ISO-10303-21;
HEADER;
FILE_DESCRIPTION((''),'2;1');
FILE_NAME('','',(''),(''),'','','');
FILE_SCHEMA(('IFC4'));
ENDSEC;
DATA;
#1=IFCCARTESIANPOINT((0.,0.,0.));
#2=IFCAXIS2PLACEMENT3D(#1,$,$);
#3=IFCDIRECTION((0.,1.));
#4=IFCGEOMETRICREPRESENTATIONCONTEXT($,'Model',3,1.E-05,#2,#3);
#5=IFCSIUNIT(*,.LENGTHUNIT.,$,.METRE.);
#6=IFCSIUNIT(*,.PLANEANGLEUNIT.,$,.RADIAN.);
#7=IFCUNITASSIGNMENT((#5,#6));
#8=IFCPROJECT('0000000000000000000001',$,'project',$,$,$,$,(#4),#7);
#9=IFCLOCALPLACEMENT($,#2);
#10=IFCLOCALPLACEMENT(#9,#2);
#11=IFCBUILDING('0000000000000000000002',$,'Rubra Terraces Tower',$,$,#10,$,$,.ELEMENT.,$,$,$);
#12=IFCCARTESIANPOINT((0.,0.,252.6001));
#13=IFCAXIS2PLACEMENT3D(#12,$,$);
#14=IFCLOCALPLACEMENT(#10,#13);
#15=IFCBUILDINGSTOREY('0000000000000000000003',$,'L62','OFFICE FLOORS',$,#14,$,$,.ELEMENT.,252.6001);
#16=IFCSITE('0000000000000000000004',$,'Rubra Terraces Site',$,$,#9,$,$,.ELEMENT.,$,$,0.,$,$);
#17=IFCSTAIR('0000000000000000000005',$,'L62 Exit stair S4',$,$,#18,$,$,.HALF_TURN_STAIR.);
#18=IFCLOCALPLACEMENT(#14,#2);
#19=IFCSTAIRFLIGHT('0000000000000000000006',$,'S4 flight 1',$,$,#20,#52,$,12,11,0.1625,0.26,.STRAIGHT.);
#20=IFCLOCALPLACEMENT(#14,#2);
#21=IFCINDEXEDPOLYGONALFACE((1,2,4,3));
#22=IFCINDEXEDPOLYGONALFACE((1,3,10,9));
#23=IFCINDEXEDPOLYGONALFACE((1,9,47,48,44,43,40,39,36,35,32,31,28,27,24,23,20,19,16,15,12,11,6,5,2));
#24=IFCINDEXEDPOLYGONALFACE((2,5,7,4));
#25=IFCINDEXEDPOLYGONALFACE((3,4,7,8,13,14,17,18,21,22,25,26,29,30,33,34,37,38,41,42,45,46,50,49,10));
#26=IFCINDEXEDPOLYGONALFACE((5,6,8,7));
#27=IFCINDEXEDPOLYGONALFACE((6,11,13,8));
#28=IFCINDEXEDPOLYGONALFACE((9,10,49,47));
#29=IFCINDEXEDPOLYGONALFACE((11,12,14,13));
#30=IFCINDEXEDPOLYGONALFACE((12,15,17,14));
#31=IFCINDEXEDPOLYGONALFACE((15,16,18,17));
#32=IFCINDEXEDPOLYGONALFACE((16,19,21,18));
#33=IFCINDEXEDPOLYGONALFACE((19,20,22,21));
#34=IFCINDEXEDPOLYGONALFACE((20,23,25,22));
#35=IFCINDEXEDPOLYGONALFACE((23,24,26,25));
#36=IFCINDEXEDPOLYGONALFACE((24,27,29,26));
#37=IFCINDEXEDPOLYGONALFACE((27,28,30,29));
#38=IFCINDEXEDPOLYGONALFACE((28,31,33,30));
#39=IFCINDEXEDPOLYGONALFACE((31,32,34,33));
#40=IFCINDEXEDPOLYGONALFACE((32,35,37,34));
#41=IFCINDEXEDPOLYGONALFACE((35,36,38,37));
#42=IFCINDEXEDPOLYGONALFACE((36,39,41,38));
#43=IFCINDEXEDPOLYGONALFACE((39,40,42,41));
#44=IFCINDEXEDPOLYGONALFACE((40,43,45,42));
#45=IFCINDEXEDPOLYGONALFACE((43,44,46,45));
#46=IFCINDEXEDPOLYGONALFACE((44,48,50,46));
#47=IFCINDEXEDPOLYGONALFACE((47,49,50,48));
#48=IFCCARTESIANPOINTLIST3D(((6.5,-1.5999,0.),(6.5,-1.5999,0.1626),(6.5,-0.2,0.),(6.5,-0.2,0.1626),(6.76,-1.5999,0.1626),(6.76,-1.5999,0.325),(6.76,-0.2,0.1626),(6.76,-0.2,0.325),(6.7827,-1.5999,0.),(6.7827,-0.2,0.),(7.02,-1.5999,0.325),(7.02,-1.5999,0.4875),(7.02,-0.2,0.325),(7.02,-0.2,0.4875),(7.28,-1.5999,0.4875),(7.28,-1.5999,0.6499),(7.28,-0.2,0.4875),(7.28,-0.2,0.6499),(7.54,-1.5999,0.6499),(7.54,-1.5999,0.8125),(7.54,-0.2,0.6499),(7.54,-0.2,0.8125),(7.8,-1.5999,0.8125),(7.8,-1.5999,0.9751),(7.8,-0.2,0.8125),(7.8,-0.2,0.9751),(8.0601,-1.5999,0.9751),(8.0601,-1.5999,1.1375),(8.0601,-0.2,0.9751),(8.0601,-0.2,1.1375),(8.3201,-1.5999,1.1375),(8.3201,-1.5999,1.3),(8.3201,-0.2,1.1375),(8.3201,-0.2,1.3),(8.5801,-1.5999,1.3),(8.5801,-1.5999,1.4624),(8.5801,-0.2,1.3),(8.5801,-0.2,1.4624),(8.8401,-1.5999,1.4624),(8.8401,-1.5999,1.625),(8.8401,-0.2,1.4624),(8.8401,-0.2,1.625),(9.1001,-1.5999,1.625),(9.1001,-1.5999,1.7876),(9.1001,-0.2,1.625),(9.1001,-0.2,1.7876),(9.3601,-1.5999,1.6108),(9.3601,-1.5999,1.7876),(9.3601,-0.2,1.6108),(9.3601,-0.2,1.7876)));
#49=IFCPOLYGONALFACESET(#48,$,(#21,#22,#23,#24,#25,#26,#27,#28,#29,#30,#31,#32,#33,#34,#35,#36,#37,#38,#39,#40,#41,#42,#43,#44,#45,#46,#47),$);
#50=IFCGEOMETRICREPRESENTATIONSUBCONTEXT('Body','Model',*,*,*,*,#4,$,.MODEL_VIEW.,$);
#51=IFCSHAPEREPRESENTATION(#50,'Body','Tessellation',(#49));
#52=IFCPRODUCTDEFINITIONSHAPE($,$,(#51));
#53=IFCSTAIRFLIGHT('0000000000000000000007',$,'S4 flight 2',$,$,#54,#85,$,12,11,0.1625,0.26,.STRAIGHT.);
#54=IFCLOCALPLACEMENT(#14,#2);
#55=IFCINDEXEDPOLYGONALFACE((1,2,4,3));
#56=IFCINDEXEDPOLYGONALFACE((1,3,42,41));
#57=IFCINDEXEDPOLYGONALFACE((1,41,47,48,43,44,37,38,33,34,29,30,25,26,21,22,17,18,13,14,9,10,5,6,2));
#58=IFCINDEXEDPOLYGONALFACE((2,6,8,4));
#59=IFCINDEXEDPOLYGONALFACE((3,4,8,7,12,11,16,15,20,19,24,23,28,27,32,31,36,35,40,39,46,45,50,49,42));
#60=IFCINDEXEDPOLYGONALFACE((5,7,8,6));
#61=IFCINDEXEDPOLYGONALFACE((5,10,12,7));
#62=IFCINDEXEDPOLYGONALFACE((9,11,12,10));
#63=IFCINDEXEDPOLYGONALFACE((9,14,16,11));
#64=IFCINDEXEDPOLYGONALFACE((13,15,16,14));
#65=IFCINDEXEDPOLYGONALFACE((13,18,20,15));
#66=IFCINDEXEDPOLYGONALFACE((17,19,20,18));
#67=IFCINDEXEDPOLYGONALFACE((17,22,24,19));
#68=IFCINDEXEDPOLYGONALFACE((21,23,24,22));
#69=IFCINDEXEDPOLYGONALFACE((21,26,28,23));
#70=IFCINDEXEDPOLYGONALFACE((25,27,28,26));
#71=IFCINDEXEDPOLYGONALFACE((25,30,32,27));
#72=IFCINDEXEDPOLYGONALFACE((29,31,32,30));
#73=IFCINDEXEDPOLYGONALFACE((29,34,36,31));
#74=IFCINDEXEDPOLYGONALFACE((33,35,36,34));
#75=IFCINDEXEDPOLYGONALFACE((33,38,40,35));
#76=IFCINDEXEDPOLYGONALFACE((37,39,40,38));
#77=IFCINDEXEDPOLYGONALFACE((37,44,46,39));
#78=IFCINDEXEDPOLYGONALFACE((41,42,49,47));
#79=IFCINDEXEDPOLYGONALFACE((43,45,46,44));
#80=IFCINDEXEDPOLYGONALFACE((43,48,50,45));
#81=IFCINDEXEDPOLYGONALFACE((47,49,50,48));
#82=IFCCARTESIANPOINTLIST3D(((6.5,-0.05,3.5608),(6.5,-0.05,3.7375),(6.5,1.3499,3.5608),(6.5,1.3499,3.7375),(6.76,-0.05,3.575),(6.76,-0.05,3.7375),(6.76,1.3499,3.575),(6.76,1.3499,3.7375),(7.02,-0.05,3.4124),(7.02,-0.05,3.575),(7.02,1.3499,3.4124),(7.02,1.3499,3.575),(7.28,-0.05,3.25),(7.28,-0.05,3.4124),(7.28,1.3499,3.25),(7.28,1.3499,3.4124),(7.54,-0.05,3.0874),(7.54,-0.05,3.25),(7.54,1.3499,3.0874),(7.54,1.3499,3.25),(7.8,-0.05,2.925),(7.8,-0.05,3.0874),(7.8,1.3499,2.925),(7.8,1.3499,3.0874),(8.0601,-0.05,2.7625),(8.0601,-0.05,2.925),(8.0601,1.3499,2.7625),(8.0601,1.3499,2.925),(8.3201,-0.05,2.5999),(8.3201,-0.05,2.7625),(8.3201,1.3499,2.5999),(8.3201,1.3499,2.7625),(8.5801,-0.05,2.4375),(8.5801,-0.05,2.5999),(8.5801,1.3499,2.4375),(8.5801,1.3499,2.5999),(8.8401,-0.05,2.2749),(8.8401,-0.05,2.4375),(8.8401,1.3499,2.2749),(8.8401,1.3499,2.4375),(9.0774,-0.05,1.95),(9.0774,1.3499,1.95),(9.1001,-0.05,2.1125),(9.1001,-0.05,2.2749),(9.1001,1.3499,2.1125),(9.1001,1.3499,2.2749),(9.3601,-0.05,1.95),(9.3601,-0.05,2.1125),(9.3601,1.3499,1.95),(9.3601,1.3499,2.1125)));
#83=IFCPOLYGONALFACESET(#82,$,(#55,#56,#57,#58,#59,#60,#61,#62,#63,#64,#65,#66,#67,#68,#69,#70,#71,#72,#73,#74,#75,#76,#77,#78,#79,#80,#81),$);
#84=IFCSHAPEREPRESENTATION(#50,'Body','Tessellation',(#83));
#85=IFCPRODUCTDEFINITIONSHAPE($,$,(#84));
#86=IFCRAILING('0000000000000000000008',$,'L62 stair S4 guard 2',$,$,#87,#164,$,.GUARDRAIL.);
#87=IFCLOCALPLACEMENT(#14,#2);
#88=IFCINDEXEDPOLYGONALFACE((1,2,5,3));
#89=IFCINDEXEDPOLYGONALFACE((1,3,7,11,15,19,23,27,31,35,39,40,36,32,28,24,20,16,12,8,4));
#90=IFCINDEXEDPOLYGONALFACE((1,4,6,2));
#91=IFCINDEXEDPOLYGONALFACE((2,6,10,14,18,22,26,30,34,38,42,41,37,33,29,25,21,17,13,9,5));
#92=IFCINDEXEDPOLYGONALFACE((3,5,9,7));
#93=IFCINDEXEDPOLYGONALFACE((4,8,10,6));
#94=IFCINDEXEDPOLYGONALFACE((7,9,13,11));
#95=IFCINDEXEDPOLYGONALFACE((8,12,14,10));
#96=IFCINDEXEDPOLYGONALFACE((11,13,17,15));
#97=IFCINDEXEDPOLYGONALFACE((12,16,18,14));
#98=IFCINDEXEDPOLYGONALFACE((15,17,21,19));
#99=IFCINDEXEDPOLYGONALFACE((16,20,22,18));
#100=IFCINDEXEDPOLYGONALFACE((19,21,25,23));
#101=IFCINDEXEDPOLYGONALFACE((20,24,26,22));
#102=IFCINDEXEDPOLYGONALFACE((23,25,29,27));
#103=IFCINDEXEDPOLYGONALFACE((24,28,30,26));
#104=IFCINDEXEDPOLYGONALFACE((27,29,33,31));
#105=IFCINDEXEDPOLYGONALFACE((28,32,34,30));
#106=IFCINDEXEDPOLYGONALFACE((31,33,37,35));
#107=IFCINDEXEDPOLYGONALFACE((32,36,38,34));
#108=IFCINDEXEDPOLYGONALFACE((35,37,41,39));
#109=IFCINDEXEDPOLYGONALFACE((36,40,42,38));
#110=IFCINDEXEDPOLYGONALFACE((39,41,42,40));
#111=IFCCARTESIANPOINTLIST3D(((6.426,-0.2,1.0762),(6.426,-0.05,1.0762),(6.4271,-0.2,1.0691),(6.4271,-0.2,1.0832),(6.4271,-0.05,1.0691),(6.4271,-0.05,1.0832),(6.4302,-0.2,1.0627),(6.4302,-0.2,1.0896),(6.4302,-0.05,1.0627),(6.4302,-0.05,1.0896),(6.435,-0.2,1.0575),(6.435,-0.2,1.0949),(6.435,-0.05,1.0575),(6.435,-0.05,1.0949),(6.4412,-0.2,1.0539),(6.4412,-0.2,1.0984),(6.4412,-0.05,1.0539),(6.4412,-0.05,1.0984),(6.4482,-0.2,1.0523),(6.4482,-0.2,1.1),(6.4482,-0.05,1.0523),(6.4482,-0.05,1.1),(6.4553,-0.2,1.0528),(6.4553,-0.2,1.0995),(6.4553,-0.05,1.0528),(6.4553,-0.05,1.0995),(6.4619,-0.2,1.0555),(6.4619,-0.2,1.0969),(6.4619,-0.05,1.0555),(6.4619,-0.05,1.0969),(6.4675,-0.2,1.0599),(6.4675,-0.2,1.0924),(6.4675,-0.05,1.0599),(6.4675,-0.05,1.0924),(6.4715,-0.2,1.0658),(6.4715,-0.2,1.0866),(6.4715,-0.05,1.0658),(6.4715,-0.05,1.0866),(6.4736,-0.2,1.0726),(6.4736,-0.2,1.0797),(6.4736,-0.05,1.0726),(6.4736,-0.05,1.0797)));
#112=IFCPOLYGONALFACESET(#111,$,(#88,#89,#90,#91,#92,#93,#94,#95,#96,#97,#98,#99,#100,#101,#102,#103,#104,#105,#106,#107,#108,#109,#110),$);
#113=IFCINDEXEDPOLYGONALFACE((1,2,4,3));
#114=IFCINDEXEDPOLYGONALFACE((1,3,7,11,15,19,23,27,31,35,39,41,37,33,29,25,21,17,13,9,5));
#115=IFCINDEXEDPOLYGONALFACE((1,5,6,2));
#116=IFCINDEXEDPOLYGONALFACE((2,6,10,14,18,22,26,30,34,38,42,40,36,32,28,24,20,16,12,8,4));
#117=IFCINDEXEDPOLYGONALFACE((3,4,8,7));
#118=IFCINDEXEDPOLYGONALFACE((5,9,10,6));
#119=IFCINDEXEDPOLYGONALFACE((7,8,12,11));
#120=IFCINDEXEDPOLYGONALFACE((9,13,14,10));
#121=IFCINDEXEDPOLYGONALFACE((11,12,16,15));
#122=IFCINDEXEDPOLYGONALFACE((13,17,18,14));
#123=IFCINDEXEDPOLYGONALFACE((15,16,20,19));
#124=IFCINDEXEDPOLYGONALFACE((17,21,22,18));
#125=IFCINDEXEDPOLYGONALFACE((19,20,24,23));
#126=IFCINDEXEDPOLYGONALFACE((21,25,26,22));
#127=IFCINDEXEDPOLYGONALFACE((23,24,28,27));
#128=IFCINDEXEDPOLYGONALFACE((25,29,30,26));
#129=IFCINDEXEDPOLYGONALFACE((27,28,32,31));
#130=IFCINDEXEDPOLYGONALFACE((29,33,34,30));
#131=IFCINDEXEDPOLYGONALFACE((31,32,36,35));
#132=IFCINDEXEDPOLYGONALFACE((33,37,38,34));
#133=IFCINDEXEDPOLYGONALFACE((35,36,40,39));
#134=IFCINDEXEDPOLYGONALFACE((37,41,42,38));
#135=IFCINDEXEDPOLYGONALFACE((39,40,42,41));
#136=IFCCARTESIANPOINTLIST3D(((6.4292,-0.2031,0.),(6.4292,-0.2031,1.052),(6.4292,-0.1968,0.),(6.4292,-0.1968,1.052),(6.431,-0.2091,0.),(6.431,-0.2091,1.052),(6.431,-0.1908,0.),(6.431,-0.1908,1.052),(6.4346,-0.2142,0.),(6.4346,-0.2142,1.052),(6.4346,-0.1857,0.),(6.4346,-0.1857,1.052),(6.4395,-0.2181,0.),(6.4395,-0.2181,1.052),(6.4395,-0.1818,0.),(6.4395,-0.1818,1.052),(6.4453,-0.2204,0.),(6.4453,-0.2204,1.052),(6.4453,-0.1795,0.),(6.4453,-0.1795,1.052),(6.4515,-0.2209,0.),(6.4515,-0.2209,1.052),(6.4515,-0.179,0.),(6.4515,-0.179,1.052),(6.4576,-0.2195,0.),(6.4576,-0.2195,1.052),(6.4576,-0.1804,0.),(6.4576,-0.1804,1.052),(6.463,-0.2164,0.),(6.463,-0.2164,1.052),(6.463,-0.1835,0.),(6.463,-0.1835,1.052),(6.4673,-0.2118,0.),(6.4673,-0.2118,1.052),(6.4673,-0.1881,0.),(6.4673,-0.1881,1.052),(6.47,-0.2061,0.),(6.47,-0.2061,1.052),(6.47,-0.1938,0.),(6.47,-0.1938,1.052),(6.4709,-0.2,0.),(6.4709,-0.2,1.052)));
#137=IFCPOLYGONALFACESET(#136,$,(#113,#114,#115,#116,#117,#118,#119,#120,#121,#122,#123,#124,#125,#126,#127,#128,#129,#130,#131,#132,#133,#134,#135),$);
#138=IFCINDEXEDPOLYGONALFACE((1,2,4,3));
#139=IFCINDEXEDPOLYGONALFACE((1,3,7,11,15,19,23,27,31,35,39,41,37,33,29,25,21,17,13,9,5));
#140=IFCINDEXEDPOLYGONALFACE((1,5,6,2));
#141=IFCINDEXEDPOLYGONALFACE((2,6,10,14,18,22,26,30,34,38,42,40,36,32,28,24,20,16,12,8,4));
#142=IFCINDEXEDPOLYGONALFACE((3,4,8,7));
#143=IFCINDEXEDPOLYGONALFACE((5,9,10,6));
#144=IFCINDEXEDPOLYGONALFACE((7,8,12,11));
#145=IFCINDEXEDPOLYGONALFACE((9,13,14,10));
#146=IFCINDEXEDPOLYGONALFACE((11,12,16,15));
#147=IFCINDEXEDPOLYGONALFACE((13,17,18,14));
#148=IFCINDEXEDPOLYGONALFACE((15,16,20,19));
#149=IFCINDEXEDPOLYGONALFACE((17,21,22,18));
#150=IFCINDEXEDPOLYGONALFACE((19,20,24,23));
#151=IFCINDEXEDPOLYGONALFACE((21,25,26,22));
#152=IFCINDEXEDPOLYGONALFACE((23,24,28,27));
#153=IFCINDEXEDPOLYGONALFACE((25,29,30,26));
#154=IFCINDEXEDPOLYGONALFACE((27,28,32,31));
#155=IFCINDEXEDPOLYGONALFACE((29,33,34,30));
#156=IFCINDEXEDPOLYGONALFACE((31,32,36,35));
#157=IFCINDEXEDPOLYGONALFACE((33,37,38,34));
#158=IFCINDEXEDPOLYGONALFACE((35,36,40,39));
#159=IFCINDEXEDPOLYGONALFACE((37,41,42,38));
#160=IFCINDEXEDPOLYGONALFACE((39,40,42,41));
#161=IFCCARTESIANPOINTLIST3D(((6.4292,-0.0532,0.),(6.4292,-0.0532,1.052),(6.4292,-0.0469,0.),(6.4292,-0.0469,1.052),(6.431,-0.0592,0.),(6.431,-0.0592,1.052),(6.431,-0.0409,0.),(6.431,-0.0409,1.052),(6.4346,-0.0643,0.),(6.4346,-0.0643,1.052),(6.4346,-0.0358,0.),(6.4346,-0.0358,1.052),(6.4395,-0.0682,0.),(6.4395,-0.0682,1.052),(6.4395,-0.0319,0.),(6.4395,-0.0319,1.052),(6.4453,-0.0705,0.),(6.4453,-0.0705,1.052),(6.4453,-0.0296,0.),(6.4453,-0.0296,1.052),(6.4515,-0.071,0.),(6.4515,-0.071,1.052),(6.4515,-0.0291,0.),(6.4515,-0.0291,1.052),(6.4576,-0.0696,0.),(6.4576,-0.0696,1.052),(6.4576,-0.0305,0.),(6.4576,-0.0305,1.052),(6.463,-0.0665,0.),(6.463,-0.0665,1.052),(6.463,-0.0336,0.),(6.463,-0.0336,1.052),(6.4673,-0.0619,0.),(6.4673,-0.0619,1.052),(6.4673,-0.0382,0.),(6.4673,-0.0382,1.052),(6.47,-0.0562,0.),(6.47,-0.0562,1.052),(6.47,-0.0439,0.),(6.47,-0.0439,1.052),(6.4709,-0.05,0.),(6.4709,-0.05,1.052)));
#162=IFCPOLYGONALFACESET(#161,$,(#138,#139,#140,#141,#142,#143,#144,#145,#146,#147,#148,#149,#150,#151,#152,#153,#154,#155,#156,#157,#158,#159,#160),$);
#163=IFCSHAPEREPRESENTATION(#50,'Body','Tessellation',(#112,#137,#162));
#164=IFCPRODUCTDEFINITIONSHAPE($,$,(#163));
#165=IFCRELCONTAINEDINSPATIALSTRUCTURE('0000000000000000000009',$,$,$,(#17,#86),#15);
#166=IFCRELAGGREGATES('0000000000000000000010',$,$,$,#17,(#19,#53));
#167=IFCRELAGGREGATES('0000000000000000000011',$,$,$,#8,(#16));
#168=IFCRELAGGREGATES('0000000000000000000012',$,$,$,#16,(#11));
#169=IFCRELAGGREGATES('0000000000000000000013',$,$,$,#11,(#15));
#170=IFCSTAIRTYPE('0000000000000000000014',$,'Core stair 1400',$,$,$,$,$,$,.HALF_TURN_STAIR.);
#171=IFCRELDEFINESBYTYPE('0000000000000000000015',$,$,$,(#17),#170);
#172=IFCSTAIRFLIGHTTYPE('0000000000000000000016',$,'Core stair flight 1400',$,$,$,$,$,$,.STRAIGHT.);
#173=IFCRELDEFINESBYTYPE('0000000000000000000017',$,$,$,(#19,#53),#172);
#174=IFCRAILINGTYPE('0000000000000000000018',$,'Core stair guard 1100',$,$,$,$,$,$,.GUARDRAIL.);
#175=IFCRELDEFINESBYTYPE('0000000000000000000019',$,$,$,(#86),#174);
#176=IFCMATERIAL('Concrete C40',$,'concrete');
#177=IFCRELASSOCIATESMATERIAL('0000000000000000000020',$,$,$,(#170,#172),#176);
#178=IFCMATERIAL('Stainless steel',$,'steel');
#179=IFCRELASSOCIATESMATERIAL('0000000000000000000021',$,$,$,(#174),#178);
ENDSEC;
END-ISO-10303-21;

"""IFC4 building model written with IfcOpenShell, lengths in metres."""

from ifc_helpers import new_model, si_unit, direction, frame, origin, origin_2d, place, context, subcontext, project, spatial, polyline, circle, outline, extrude, material, type_object, element, aggregate, save


model = new_model("IFC4")

# Units and contexts
model_context = context("Model", 3, precision=1e-05, world=origin(), true_north=direction((0.0, 1.0)))
body_context = subcontext(model_context, "Body", "Model", "MODEL_VIEW")
ifc_project = project(units=[si_unit("LENGTHUNIT", "METRE"), si_unit("PLANEANGLEUNIT", "RADIAN")], contexts=[model_context])

# Site, building, storey
site_placement = place(None, origin())
site = spatial("IfcSite", under=ifc_project, at=site_placement, Name="Rubra Terraces Site", CompositionType="ELEMENT", RefElevation=0.0)
building_placement = place(site_placement, origin())
building = spatial("IfcBuilding", under=site, at=building_placement, Name="Rubra Terraces Tower", CompositionType="ELEMENT")
storey_placement = place(building_placement, frame((0.0, 0.0, 252.6001)))
storey = spatial("IfcBuildingStorey", under=building, at=storey_placement, Name="L62", Description="OFFICE FLOORS", CompositionType="ELEMENT", Elevation=252.6001)

# Shared definitions
ifc_material_1 = material(Name="Concrete C40", Category="concrete")

# Stair
stair_type = type_object("IfcStairType", Name="Core stair 1400", PredefinedType="HALF_TURN_STAIR", material=ifc_material_1)
stair_1_placement = place(storey_placement, origin())
stair_1 = element("IfcStair", 1, at=stair_1_placement, inside=storey, type_object=stair_type, Name="L62 Exit stair S4", PredefinedType="HALF_TURN_STAIR")

# Stair flights
stair_flight_type = type_object("IfcStairFlightType", Name="Core stair flight 1400", PredefinedType="STRAIGHT", material=ifc_material_1)
stair_flight_1_placement = place(storey_placement, frame((6.5, -0.8999, 0.0), z_axis=(0.0, 0.0, 1.0), x_axis=(1.0, 0.0, 0.0)))
stair_flight_1 = element("IfcStairFlight", 2, at=stair_flight_1_placement, type_object=stair_flight_type, Name="S4 flight 1", NumberOfRisers=12, NumberOfTreads=11, PredefinedType="STRAIGHT", RiserHeight=0.1625, TreadLength=0.26, context=body_context, shape_type="SweptSolid", body=[
    extrude(outline(polyline([(0.0, 0.0), (0.0, 0.1626), (0.26, 0.1626), (0.26, 0.325), (0.52, 0.325), (0.52, 0.4875), (0.78, 0.4875), (0.78, 0.6499), (1.04, 0.6499), (1.04, 0.8125), (1.3, 0.8125), (1.3, 0.9751), (1.5601, 0.9751), (1.5601, 1.1375), (1.8201, 1.1375), (1.8201, 1.3), (2.0801, 1.3), (2.0801, 1.4624), (2.3401, 1.4624), (2.3401, 1.625), (2.6001, 1.625), (2.6001, 1.7876), (2.8601, 1.7876), (2.8601, 1.95), (2.8601, 1.6108), (0.2827, 0.0), (0.0, 0.0)])), frame((0.0, 0.7, 0.0), z_axis=(0.0, -1.0, 0.0), x_axis=(1.0, 0.0, 0.0)), (0.0, 0.0, 1.0), 1.3999),
])
stair_flight_2_placement = place(storey_placement, frame((9.3601, 0.6499, 1.95), z_axis=(0.0, 0.0, 1.0), x_axis=(-1.0, 0.0, 0.0)))
stair_flight_2 = element("IfcStairFlight", 3, at=stair_flight_2_placement, type_object=stair_flight_type, Name="S4 flight 2", NumberOfRisers=12, NumberOfTreads=11, PredefinedType="STRAIGHT", RiserHeight=0.1625, TreadLength=0.26, context=body_context, shape_type="SweptSolid", body=[
    extrude(outline(polyline([(0.0, 0.0), (0.0, 0.1626), (0.26, 0.1626), (0.26, 0.325), (0.52, 0.325), (0.52, 0.4875), (0.78, 0.4875), (0.78, 0.6499), (1.04, 0.6499), (1.04, 0.8125), (1.3, 0.8125), (1.3, 0.9751), (1.5601, 0.9751), (1.5601, 1.1375), (1.8201, 1.1375), (1.8201, 1.3), (2.0801, 1.3), (2.0801, 1.4624), (2.3401, 1.4624), (2.3401, 1.625), (2.6001, 1.625), (2.6001, 1.7876), (2.8601, 1.7876), (2.8601, 1.95), (2.8601, 1.6108), (0.2827, 0.0), (0.0, 0.0)])), frame((0.0, 0.7, 0.0), z_axis=(0.0, -1.0, 0.0), x_axis=(1.0, 0.0, 0.0)), (0.0, 0.0, 1.0), 1.3999),
])
aggregate(stair_1, [stair_flight_1, stair_flight_2])

# Railing
ifc_material_2 = material(Name="Stainless steel", Category="steel")
railing_type_1 = type_object("IfcRailingType", Name="Core stair guard 1100", PredefinedType="GUARDRAIL", material=ifc_material_2)
railing_1_placement = place(storey_placement, frame((6.45, -0.2, 0.0)))
element("IfcRailing", 4, at=railing_1_placement, inside=storey, type_object=railing_type_1, Name="L62 stair S4 guard 2", PredefinedType="GUARDRAIL", context=body_context, shape_type="SweptSolid", body=[
    extrude(circle(Radius=0.0239, at=origin_2d()), frame((0.0, 0.0, 1.0762), z_axis=(0.0, 1.0, 0.0), x_axis=(-1.0, 0.0, 0.0)), (0.0, 0.0, 1.0), 0.1499),
    extrude(circle(Radius=0.021, at=origin_2d()), origin(), (0.0, 0.0, 1.0), 1.052),
    extrude(circle(Radius=0.021, at=origin_2d()), frame((0.0, 0.1499, 0.0)), (0.0, 0.0, 1.0), 1.052),
])

save(model, "model.ifc")
